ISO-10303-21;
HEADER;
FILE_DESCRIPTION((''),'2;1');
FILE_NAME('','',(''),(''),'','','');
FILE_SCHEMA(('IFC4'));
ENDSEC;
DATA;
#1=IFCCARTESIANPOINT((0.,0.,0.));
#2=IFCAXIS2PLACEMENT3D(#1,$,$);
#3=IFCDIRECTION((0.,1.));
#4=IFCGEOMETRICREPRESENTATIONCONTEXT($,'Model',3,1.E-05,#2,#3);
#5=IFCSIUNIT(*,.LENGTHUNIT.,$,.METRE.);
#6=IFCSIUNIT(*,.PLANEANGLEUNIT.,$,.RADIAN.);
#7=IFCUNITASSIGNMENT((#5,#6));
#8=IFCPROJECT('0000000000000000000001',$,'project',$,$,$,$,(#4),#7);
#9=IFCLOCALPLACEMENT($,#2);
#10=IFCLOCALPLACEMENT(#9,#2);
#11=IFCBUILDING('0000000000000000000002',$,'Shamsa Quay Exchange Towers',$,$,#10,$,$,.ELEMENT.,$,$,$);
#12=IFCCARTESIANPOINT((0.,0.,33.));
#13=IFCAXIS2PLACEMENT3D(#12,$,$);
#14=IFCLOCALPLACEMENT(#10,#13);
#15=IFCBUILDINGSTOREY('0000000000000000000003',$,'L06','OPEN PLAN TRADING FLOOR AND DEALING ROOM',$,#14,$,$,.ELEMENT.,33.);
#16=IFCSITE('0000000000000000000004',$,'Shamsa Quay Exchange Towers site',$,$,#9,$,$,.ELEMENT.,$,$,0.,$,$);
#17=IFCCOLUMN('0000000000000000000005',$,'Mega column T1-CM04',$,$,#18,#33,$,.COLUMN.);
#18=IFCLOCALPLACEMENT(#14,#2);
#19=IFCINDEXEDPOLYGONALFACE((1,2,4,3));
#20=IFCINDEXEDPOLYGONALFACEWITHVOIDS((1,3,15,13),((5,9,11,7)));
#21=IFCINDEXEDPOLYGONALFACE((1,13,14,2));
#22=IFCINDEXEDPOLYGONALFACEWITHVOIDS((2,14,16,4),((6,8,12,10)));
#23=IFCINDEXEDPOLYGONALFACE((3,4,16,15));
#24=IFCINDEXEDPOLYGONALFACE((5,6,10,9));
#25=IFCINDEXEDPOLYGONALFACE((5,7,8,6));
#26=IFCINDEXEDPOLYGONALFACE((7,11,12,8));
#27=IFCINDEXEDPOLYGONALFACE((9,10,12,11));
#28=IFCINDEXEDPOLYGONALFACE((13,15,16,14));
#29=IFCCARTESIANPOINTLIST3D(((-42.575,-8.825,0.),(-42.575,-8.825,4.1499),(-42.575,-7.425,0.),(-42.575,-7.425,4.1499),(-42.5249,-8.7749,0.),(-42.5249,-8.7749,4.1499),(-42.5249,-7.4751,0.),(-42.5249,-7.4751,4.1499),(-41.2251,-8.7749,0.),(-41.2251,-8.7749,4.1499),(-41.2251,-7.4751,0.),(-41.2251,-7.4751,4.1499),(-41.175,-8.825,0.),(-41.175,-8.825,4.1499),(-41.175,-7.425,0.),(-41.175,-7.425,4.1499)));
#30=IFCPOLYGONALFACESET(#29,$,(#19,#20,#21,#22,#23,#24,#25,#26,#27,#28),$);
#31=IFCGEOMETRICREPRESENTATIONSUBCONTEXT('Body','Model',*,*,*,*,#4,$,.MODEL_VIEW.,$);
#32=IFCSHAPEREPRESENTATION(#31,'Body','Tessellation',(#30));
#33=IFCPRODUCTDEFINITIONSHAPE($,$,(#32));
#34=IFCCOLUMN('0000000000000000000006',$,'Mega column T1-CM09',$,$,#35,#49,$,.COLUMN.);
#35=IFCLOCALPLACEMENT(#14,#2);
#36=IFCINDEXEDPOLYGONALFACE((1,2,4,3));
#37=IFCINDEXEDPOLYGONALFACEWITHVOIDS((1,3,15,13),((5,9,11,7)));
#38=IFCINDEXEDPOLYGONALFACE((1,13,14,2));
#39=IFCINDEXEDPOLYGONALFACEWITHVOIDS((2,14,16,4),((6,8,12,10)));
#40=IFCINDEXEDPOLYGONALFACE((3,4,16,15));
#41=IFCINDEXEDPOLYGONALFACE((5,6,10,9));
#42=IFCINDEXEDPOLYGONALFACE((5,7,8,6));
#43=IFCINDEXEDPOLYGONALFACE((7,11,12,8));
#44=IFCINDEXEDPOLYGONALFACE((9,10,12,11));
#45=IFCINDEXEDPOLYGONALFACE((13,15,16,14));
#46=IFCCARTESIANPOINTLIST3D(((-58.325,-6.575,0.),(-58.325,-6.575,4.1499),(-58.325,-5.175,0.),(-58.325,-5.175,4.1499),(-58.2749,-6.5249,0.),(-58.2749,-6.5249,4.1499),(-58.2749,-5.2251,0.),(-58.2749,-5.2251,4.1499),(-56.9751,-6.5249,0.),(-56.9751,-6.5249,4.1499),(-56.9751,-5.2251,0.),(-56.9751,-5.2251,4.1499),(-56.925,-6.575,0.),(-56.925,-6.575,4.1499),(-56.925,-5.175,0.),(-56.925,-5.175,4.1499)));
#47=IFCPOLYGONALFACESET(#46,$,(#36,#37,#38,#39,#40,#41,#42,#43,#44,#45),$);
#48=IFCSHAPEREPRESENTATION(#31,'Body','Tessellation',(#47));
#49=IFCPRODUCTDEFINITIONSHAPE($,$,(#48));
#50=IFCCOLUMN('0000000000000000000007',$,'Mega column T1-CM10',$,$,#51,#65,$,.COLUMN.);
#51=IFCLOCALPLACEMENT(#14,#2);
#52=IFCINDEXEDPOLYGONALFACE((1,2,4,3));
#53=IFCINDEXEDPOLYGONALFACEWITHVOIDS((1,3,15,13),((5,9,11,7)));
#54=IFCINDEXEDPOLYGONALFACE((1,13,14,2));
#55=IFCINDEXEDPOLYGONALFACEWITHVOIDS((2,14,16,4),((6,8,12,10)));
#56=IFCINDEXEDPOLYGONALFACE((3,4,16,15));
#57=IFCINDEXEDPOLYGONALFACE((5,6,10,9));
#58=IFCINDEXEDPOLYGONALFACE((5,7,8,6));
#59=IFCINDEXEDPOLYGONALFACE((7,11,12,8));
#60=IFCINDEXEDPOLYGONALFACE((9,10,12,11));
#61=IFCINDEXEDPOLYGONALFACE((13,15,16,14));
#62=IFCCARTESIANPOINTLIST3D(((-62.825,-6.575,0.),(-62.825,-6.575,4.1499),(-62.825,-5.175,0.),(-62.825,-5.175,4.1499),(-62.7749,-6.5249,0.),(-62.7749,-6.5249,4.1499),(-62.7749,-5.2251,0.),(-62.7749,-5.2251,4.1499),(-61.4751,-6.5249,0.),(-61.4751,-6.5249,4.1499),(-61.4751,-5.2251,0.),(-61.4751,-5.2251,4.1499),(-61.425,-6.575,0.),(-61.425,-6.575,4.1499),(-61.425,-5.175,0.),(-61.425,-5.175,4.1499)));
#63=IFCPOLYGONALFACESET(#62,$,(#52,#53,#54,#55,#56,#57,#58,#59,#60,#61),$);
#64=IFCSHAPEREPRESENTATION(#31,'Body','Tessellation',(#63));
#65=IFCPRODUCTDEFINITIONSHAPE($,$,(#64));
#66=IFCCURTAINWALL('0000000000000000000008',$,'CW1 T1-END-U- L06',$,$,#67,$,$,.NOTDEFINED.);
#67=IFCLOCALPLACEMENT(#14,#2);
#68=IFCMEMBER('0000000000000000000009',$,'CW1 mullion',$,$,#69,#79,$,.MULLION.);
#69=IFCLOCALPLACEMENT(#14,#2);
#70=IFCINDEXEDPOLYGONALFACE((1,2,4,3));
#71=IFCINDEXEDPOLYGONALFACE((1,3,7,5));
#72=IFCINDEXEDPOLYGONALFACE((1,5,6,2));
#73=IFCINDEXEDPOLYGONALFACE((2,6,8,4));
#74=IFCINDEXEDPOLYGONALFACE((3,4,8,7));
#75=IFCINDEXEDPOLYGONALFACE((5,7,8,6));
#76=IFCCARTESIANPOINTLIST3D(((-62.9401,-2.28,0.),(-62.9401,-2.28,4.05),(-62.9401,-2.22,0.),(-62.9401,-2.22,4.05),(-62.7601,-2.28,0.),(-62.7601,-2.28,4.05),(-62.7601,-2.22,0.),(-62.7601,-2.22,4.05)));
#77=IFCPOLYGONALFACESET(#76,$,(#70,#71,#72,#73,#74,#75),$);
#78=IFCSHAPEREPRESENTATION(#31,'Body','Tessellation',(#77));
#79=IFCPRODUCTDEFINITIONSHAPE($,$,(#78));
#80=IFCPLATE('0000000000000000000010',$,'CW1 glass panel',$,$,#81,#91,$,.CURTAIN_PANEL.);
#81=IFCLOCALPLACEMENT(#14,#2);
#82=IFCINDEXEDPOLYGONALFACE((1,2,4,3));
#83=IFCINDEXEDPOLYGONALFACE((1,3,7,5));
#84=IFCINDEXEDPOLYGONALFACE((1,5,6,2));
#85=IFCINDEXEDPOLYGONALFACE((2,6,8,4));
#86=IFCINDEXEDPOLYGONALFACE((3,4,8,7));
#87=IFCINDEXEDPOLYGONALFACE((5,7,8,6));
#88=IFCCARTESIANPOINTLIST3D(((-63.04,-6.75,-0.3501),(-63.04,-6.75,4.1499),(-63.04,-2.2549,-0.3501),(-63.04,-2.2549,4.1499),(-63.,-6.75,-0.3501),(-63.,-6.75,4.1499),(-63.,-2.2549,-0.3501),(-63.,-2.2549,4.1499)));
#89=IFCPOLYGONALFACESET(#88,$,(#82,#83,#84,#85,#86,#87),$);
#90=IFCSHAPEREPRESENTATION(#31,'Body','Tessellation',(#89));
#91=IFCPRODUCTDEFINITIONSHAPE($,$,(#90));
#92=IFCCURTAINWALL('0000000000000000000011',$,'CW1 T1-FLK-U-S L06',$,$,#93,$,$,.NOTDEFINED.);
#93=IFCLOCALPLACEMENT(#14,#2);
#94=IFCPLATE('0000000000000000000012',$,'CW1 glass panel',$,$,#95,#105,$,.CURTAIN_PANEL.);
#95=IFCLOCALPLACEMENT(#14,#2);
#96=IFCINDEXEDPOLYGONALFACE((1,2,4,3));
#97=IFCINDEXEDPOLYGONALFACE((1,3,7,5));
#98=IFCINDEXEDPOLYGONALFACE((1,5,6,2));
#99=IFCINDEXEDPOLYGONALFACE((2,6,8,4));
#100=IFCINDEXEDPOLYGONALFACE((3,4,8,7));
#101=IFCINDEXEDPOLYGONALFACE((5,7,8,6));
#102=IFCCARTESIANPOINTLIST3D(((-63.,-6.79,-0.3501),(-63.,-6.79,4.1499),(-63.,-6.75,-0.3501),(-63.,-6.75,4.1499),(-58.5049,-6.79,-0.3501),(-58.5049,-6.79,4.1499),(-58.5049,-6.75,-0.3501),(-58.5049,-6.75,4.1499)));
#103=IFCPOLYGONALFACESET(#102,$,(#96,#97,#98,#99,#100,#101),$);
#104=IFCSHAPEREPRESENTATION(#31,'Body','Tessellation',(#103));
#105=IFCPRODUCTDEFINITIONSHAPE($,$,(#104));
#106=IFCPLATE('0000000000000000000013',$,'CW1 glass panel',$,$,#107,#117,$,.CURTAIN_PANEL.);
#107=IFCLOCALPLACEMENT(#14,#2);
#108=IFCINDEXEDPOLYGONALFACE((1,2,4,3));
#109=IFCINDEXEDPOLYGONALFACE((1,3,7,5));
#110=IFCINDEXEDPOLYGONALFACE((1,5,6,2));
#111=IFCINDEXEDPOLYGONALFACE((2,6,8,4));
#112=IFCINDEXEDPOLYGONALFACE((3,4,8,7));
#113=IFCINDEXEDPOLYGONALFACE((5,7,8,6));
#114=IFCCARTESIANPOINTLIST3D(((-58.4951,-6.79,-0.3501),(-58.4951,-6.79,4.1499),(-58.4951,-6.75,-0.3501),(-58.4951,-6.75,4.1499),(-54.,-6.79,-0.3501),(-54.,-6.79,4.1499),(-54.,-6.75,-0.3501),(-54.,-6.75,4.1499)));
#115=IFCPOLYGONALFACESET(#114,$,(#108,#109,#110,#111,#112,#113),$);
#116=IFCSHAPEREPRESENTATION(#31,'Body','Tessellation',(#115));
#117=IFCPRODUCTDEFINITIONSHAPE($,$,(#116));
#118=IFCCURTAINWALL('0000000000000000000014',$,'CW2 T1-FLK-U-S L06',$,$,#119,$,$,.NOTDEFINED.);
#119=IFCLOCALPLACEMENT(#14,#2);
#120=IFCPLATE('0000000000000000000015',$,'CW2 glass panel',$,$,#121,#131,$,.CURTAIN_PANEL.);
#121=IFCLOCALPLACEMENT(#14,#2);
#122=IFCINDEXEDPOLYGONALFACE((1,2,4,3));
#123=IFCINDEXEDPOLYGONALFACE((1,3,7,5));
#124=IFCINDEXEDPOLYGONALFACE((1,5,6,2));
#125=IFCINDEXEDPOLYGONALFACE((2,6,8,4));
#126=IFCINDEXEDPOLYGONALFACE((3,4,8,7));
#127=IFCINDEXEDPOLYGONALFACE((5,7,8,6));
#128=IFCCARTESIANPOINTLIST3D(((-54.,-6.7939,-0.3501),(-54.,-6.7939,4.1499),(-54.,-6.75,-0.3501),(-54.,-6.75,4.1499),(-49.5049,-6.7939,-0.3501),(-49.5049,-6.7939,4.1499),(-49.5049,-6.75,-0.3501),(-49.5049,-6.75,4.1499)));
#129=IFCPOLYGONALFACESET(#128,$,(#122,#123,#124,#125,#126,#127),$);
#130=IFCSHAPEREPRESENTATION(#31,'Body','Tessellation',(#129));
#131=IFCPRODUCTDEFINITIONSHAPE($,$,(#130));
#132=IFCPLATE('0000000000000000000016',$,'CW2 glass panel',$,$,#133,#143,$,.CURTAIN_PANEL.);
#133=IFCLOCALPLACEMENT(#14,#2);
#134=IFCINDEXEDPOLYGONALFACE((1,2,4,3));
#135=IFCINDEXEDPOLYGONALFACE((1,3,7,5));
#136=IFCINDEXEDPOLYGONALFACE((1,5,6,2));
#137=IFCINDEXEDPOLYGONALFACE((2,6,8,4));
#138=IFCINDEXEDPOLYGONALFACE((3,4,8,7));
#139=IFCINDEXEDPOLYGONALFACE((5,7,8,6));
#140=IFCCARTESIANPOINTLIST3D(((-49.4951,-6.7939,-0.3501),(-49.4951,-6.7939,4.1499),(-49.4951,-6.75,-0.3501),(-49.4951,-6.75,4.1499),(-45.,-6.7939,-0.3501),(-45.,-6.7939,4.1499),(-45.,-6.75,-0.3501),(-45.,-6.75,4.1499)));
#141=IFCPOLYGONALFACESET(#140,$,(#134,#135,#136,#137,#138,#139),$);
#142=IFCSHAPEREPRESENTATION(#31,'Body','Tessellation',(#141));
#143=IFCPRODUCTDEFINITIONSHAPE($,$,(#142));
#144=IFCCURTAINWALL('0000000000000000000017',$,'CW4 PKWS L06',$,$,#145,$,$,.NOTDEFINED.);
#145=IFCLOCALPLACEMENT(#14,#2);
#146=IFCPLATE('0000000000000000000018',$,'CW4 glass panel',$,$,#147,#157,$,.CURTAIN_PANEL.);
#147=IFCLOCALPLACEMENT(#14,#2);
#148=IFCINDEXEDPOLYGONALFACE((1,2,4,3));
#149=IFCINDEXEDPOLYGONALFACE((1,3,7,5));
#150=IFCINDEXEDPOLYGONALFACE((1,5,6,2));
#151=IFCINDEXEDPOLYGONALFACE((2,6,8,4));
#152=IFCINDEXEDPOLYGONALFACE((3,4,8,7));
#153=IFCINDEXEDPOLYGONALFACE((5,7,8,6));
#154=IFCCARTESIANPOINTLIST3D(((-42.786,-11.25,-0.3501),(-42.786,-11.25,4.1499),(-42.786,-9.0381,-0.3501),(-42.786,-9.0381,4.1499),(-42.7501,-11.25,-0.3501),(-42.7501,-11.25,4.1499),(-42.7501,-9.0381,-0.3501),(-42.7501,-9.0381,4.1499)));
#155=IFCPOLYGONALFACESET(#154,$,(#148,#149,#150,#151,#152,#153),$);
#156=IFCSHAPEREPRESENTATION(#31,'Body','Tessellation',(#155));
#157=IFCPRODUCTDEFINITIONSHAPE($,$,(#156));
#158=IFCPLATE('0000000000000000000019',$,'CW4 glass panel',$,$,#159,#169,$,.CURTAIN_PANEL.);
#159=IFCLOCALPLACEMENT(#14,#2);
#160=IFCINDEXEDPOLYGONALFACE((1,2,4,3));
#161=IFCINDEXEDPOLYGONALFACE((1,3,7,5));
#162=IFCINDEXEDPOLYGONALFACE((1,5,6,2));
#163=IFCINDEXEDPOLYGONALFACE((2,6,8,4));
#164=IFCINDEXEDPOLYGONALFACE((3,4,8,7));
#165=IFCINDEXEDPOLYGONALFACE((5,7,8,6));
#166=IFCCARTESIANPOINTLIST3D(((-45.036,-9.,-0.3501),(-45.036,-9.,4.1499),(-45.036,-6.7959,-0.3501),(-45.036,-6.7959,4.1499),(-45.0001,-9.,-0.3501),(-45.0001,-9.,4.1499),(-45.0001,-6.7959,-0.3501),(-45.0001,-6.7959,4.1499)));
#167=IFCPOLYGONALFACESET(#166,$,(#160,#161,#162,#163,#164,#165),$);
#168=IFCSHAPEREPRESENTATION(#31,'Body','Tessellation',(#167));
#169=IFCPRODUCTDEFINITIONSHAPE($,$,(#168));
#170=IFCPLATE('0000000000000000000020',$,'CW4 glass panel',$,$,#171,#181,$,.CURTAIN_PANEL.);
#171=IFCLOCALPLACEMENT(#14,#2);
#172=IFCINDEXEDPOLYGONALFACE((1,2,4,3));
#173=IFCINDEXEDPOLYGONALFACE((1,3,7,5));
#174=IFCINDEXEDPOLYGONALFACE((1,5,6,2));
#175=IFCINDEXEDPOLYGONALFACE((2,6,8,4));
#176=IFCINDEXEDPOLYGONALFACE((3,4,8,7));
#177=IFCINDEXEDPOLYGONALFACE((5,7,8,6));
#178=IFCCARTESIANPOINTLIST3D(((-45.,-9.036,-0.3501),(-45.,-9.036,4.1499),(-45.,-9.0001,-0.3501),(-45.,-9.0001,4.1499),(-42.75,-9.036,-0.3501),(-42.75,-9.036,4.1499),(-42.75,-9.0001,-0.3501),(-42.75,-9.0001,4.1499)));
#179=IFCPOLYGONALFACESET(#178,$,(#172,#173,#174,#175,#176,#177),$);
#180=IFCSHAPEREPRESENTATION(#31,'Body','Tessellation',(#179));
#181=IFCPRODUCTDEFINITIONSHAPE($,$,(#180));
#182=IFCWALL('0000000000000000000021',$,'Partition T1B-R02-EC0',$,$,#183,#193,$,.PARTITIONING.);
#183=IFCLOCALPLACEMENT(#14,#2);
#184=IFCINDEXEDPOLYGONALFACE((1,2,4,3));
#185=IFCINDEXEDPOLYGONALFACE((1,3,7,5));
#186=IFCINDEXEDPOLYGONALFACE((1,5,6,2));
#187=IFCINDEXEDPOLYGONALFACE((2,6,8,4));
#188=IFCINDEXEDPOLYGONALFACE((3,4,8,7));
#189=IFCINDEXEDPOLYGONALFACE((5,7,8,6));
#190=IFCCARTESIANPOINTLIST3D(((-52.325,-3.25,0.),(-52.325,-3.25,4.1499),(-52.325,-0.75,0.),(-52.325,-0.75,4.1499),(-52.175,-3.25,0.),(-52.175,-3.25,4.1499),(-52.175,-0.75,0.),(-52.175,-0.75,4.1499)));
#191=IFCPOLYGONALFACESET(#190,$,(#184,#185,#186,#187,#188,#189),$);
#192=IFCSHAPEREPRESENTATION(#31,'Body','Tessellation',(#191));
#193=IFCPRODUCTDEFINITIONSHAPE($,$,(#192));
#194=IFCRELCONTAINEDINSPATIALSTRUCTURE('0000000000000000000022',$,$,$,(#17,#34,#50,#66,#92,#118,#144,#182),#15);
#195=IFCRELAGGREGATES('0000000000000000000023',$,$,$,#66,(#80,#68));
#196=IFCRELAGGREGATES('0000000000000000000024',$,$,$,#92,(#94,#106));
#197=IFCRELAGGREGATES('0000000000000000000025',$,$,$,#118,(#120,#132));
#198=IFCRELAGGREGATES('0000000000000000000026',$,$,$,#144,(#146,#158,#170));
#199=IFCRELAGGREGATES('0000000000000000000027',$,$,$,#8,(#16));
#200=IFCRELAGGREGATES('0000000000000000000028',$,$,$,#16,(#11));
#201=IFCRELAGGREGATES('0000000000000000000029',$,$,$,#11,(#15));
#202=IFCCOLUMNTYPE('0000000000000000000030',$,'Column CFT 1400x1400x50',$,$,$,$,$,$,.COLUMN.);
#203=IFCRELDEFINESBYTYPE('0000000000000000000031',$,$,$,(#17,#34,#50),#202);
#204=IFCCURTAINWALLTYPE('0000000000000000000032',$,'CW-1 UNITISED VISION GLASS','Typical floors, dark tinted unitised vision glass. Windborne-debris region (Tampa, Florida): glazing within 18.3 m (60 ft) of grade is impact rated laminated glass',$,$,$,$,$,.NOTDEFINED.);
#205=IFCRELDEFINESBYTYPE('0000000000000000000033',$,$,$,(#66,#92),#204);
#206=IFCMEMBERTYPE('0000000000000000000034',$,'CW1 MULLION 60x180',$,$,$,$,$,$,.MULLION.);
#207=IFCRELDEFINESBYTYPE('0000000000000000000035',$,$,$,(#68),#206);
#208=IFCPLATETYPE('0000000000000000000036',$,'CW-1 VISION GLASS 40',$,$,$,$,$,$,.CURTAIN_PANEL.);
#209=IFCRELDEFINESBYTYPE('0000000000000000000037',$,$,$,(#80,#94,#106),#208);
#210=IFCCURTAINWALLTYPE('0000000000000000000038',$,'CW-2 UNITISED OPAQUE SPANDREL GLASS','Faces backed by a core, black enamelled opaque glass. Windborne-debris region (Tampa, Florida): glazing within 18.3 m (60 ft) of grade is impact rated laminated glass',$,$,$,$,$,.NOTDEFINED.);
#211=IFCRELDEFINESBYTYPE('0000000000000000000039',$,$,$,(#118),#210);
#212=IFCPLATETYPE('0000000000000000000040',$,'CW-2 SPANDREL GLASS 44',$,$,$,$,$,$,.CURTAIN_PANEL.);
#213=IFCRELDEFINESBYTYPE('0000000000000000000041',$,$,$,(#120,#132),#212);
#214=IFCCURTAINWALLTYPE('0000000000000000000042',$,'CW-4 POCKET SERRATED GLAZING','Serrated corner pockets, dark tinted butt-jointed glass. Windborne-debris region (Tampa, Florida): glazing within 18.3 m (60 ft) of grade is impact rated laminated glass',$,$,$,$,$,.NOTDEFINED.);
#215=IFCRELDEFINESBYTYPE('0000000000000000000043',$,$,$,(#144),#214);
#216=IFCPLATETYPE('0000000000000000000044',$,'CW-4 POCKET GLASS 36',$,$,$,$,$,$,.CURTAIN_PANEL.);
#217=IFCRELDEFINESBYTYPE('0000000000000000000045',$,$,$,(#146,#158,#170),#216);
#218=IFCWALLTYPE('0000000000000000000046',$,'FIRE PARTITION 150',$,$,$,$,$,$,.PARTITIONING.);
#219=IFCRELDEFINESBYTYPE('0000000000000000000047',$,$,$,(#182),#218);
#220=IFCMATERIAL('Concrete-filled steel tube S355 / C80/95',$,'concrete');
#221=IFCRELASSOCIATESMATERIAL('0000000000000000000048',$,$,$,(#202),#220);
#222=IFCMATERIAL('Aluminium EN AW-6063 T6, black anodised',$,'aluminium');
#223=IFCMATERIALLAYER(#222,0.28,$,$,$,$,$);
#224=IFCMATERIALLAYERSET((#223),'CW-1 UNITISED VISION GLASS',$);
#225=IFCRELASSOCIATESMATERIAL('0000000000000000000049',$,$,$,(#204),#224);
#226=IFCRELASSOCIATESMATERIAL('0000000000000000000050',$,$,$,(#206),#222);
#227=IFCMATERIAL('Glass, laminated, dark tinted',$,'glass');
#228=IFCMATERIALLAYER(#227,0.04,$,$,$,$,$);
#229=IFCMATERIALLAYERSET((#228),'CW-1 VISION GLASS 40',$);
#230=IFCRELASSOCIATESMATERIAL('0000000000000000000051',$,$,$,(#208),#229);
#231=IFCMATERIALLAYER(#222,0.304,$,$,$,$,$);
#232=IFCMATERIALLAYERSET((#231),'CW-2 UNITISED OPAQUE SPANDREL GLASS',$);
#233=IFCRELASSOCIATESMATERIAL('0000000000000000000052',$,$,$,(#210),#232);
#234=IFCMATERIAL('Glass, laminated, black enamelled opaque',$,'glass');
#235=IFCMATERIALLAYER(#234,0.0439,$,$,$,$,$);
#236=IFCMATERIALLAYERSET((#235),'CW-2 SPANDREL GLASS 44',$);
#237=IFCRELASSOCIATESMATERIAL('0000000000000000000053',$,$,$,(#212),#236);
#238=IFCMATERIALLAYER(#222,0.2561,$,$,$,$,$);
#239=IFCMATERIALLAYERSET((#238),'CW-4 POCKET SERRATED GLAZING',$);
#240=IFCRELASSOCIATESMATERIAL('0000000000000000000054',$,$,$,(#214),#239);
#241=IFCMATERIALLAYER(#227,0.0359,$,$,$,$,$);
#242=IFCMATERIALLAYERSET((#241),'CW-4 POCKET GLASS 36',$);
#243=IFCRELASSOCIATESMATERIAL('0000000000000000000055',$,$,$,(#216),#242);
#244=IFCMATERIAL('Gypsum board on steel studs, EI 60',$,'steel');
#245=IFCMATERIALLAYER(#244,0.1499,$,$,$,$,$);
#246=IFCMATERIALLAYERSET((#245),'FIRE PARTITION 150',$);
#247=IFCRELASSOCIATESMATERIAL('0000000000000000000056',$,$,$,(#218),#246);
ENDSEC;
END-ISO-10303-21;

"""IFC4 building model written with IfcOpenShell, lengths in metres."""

from ifc_helpers import new_model, si_unit, direction, frame, frame_2d, origin, origin_2d, place, context, subcontext, project, spatial, rectangle, hollow_rectangle, extrude, material, layer, layer_set, material_profile, profile_set, type_object, element, aggregate, save


model = new_model("IFC4")

# Units and contexts
model_context = context("Model", 3, precision=1e-05, world=origin(), true_north=direction((0.0, 1.0)))
body_context = subcontext(model_context, "Body", "Model", "MODEL_VIEW")
ifc_project = project(units=[si_unit("LENGTHUNIT", "METRE"), si_unit("PLANEANGLEUNIT", "RADIAN")], contexts=[model_context])

# Site, building, storey
site_placement = place(None, origin())
site = spatial("IfcSite", under=ifc_project, at=site_placement, Name="Shamsa Quay Exchange Towers site", CompositionType="ELEMENT", RefElevation=0.0)
building_placement = place(site_placement, origin())
building = spatial("IfcBuilding", under=site, at=building_placement, Name="Shamsa Quay Exchange Towers", CompositionType="ELEMENT")
storey_placement = place(building_placement, frame((0.0, 0.0, 33.0)))
storey = spatial("IfcBuildingStorey", under=building, at=storey_placement, Name="L06", Description="OPEN PLAN TRADING FLOOR AND DEALING ROOM", CompositionType="ELEMENT", Elevation=33.0)

# Columns
ifc_material_1 = material(Name="Concrete-filled steel tube S355 / C80/95", Category="concrete")
ifc_material_profile_1 = material_profile(ifc_material_1, hollow_rectangle(XDim=1.3999, YDim=1.3999, WallThickness=0.05, at=origin_2d()), Name="CFT 1400x1400x50")
ifc_profile_set_1 = profile_set([ifc_material_profile_1], Name="Concrete-filled steel tube S355 / C80/95")
column_type = type_object("IfcColumnType", Name="Column CFT 1400x1400x50", PredefinedType="COLUMN", material=ifc_profile_set_1)
for number, where, name in (
    (1, (-41.875, -8.125, 0.0), "Mega column T1-CM04"),
    (2, (-57.625, -5.875, 0.0), "Mega column T1-CM09"),
    (3, (-62.125, -5.875, 0.0), "Mega column T1-CM10"),
):
    element("IfcColumn", number, at=place(storey_placement, frame(where)), inside=storey, type_object=column_type, Name=name, PredefinedType="COLUMN", context=body_context, shape_type="SweptSolid", body=[
        extrude(hollow_rectangle(XDim=1.3999, YDim=1.3999, WallThickness=0.05, at=origin_2d()), origin(), (0.0, 0.0, 1.0), 4.1499),
    ])

# Curtain wall, member, plate
ifc_material_2 = material(Name="Aluminium EN AW-6063 T6, black anodised", Category="aluminium")
ifc_layer_1 = layer(ifc_material_2, 0.28)
ifc_layer_set_1 = layer_set([ifc_layer_1], Name="CW-1 UNITISED VISION GLASS")
curtain_wall_type_1 = type_object("IfcCurtainWallType", Name="CW-1 UNITISED VISION GLASS", Description="Typical floors, dark tinted unitised vision glass. Windborne-debris region (Tampa, Florida): glazing within 18.3 m (60 ft) of grade is impact rated laminated glass", PredefinedType="NOTDEFINED", material=ifc_layer_set_1)
curtain_wall_1_placement = place(storey_placement, origin())
curtain_wall_1 = element("IfcCurtainWall", 4, at=curtain_wall_1_placement, inside=storey, type_object=curtain_wall_type_1, Name="CW1 T1-END-U- L06", PredefinedType="NOTDEFINED")
ifc_material_profile_2 = material_profile(ifc_material_2, rectangle(XDim=0.1799, YDim=0.0601, at=origin_2d()), Name="MU60x180")
ifc_profile_set_2 = profile_set([ifc_material_profile_2], Name="Aluminium EN AW-6063 T6, black anodised")
member_type = type_object("IfcMemberType", Name="CW1 MULLION 60x180", PredefinedType="MULLION", material=ifc_profile_set_2)
member_placement = place(storey_placement, frame((-62.8501, -2.25, 0.0)))
member = element("IfcMember", 5, at=member_placement, type_object=member_type, Name="CW1 mullion", PredefinedType="MULLION", context=body_context, shape_type="SweptSolid", body=[
    extrude(rectangle(XDim=0.1799, YDim=0.0601, at=origin_2d()), origin(), (0.0, 0.0, 1.0), 4.05),
])
ifc_material_3 = material(Name="Glass, laminated, dark tinted", Category="glass")
ifc_layer_2 = layer(ifc_material_3, 0.04)
ifc_layer_set_2 = layer_set([ifc_layer_2], Name="CW-1 VISION GLASS 40")
plate_type_1 = type_object("IfcPlateType", Name="CW-1 VISION GLASS 40", PredefinedType="CURTAIN_PANEL", material=ifc_layer_set_2)
plate_1_placement = place(storey_placement, frame((-63.02, -4.5024, -0.3501), z_axis=(0.0, 0.0, 1.0), x_axis=(0.0, -1.0, 0.0)))
plate_1 = element("IfcPlate", 6, at=plate_1_placement, type_object=plate_type_1, Name="CW1 glass panel", PredefinedType="CURTAIN_PANEL", context=body_context, shape_type="SweptSolid", body=[
    extrude(rectangle(XDim=4.4951, YDim=0.04, at=origin_2d()), origin(), (0.0, 0.0, 1.0), 4.5),
])
aggregate(curtain_wall_1, [plate_1, member])

# Curtain walls, plates
curtain_wall_2_placement = place(storey_placement, origin())
curtain_wall_2 = element("IfcCurtainWall", 7, at=curtain_wall_2_placement, inside=storey, type_object=curtain_wall_type_1, Name="CW1 T1-FLK-U-S L06", PredefinedType="NOTDEFINED")
plate_2_placement = place(storey_placement, frame((-60.7524, -6.77, -0.3501)))
plate_2 = element("IfcPlate", 8, at=plate_2_placement, type_object=plate_type_1, Name="CW1 glass panel", PredefinedType="CURTAIN_PANEL", context=body_context, shape_type="SweptSolid", body=[
    extrude(rectangle(XDim=4.4951, YDim=0.04, at=origin_2d()), origin(), (0.0, 0.0, 1.0), 4.5),
])
plate_3_placement = place(storey_placement, frame((-56.2476, -6.77, -0.3501)))
plate_3 = element("IfcPlate", 9, at=plate_3_placement, type_object=plate_type_1, Name="CW1 glass panel", PredefinedType="CURTAIN_PANEL", context=body_context, shape_type="SweptSolid", body=[
    extrude(rectangle(XDim=4.4951, YDim=0.04, at=origin_2d()), origin(), (0.0, 0.0, 1.0), 4.5),
])
aggregate(curtain_wall_2, [plate_2, plate_3])
ifc_layer_3 = layer(ifc_material_2, 0.304)
ifc_layer_set_3 = layer_set([ifc_layer_3], Name="CW-2 UNITISED OPAQUE SPANDREL GLASS")
curtain_wall_type_2 = type_object("IfcCurtainWallType", Name="CW-2 UNITISED OPAQUE SPANDREL GLASS", Description="Faces backed by a core, black enamelled opaque glass. Windborne-debris region (Tampa, Florida): glazing within 18.3 m (60 ft) of grade is impact rated laminated glass", PredefinedType="NOTDEFINED", material=ifc_layer_set_3)
curtain_wall_3_placement = place(storey_placement, origin())
curtain_wall_3 = element("IfcCurtainWall", 10, at=curtain_wall_3_placement, inside=storey, type_object=curtain_wall_type_2, Name="CW2 T1-FLK-U-S L06", PredefinedType="NOTDEFINED")
ifc_material_4 = material(Name="Glass, laminated, black enamelled opaque", Category="glass")
ifc_layer_4 = layer(ifc_material_4, 0.0439)
ifc_layer_set_4 = layer_set([ifc_layer_4], Name="CW-2 SPANDREL GLASS 44")
plate_type_2 = type_object("IfcPlateType", Name="CW-2 SPANDREL GLASS 44", PredefinedType="CURTAIN_PANEL", material=ifc_layer_set_4)
plate_4_placement = place(storey_placement, frame((-51.7524, -6.772, -0.3501)))
plate_4 = element("IfcPlate", 11, at=plate_4_placement, type_object=plate_type_2, Name="CW2 glass panel", PredefinedType="CURTAIN_PANEL", context=body_context, shape_type="SweptSolid", body=[
    extrude(rectangle(XDim=4.4951, YDim=0.0439, at=origin_2d()), origin(), (0.0, 0.0, 1.0), 4.5),
])
plate_5_placement = place(storey_placement, frame((-47.2476, -6.772, -0.3501)))
plate_5 = element("IfcPlate", 12, at=plate_5_placement, type_object=plate_type_2, Name="CW2 glass panel", PredefinedType="CURTAIN_PANEL", context=body_context, shape_type="SweptSolid", body=[
    extrude(rectangle(XDim=4.4951, YDim=0.0439, at=origin_2d()), origin(), (0.0, 0.0, 1.0), 4.5),
])
aggregate(curtain_wall_3, [plate_4, plate_5])
ifc_layer_5 = layer(ifc_material_2, 0.2561)
ifc_layer_set_5 = layer_set([ifc_layer_5], Name="CW-4 POCKET SERRATED GLAZING")
curtain_wall_type_3 = type_object("IfcCurtainWallType", Name="CW-4 POCKET SERRATED GLAZING", Description="Serrated corner pockets, dark tinted butt-jointed glass. Windborne-debris region (Tampa, Florida): glazing within 18.3 m (60 ft) of grade is impact rated laminated glass", PredefinedType="NOTDEFINED", material=ifc_layer_set_5)
curtain_wall_4_placement = place(storey_placement, origin())
curtain_wall_4 = element("IfcCurtainWall", 13, at=curtain_wall_4_placement, inside=storey, type_object=curtain_wall_type_3, Name="CW4 PKWS L06", PredefinedType="NOTDEFINED")
ifc_layer_6 = layer(ifc_material_3, 0.0359)
ifc_layer_set_6 = layer_set([ifc_layer_6], Name="CW-4 POCKET GLASS 36")
plate_type_3 = type_object("IfcPlateType", Name="CW-4 POCKET GLASS 36", PredefinedType="CURTAIN_PANEL", material=ifc_layer_set_6)
plate_6_placement = place(storey_placement, frame((-42.7681, -10.144, -0.3501), z_axis=(0.0, 0.0, 1.0), x_axis=(0.0, -1.0, 0.0)))
plate_6 = element("IfcPlate", 14, at=plate_6_placement, type_object=plate_type_3, Name="CW4 glass panel", PredefinedType="CURTAIN_PANEL", context=body_context, shape_type="SweptSolid", body=[
    extrude(rectangle(XDim=2.2119, YDim=0.0359, at=origin_2d()), origin(), (0.0, 0.0, 1.0), 4.5),
])
plate_7_placement = place(storey_placement, frame((-45.0181, -7.8979, -0.3501), z_axis=(0.0, 0.0, 1.0), x_axis=(0.0, -1.0, 0.0)))
plate_7 = element("IfcPlate", 15, at=plate_7_placement, type_object=plate_type_3, Name="CW4 glass panel", PredefinedType="CURTAIN_PANEL", context=body_context, shape_type="SweptSolid", body=[
    extrude(rectangle(XDim=2.2041, YDim=0.0359, at=origin_2d()), origin(), (0.0, 0.0, 1.0), 4.5),
])
plate_8_placement = place(storey_placement, frame((-43.875, -9.0181, -0.3501)))
plate_8 = element("IfcPlate", 16, at=plate_8_placement, type_object=plate_type_3, Name="CW4 glass panel", PredefinedType="CURTAIN_PANEL", context=body_context, shape_type="SweptSolid", body=[
    extrude(rectangle(XDim=2.25, YDim=0.0359, at=origin_2d()), origin(), (0.0, 0.0, 1.0), 4.5),
])
aggregate(curtain_wall_4, [plate_6, plate_7, plate_8])

# Wall
ifc_material_5 = material(Name="Gypsum board on steel studs, EI 60", Category="steel")
ifc_layer_7 = layer(ifc_material_5, 0.1499)
ifc_layer_set_7 = layer_set([ifc_layer_7], Name="FIRE PARTITION 150")
wall_type_1 = type_object("IfcWallType", Name="FIRE PARTITION 150", PredefinedType="PARTITIONING", material=ifc_layer_set_7)
wall_1_placement = place(storey_placement, frame((-52.25, -3.25, 0.0), z_axis=(0.0, 0.0, 1.0), x_axis=(0.0, 1.0, 0.0)))
element("IfcWall", 17, at=wall_1_placement, inside=storey, type_object=wall_type_1, Name="Partition T1B-R02-EC0", PredefinedType="PARTITIONING", context=body_context, shape_type="SweptSolid", body=[
    extrude(rectangle(XDim=2.5, YDim=0.1499, at=frame_2d((1.25, 0.0))), origin(), (0.0, 0.0, 1.0), 4.1499),
])

save(model, "model.ifc")
